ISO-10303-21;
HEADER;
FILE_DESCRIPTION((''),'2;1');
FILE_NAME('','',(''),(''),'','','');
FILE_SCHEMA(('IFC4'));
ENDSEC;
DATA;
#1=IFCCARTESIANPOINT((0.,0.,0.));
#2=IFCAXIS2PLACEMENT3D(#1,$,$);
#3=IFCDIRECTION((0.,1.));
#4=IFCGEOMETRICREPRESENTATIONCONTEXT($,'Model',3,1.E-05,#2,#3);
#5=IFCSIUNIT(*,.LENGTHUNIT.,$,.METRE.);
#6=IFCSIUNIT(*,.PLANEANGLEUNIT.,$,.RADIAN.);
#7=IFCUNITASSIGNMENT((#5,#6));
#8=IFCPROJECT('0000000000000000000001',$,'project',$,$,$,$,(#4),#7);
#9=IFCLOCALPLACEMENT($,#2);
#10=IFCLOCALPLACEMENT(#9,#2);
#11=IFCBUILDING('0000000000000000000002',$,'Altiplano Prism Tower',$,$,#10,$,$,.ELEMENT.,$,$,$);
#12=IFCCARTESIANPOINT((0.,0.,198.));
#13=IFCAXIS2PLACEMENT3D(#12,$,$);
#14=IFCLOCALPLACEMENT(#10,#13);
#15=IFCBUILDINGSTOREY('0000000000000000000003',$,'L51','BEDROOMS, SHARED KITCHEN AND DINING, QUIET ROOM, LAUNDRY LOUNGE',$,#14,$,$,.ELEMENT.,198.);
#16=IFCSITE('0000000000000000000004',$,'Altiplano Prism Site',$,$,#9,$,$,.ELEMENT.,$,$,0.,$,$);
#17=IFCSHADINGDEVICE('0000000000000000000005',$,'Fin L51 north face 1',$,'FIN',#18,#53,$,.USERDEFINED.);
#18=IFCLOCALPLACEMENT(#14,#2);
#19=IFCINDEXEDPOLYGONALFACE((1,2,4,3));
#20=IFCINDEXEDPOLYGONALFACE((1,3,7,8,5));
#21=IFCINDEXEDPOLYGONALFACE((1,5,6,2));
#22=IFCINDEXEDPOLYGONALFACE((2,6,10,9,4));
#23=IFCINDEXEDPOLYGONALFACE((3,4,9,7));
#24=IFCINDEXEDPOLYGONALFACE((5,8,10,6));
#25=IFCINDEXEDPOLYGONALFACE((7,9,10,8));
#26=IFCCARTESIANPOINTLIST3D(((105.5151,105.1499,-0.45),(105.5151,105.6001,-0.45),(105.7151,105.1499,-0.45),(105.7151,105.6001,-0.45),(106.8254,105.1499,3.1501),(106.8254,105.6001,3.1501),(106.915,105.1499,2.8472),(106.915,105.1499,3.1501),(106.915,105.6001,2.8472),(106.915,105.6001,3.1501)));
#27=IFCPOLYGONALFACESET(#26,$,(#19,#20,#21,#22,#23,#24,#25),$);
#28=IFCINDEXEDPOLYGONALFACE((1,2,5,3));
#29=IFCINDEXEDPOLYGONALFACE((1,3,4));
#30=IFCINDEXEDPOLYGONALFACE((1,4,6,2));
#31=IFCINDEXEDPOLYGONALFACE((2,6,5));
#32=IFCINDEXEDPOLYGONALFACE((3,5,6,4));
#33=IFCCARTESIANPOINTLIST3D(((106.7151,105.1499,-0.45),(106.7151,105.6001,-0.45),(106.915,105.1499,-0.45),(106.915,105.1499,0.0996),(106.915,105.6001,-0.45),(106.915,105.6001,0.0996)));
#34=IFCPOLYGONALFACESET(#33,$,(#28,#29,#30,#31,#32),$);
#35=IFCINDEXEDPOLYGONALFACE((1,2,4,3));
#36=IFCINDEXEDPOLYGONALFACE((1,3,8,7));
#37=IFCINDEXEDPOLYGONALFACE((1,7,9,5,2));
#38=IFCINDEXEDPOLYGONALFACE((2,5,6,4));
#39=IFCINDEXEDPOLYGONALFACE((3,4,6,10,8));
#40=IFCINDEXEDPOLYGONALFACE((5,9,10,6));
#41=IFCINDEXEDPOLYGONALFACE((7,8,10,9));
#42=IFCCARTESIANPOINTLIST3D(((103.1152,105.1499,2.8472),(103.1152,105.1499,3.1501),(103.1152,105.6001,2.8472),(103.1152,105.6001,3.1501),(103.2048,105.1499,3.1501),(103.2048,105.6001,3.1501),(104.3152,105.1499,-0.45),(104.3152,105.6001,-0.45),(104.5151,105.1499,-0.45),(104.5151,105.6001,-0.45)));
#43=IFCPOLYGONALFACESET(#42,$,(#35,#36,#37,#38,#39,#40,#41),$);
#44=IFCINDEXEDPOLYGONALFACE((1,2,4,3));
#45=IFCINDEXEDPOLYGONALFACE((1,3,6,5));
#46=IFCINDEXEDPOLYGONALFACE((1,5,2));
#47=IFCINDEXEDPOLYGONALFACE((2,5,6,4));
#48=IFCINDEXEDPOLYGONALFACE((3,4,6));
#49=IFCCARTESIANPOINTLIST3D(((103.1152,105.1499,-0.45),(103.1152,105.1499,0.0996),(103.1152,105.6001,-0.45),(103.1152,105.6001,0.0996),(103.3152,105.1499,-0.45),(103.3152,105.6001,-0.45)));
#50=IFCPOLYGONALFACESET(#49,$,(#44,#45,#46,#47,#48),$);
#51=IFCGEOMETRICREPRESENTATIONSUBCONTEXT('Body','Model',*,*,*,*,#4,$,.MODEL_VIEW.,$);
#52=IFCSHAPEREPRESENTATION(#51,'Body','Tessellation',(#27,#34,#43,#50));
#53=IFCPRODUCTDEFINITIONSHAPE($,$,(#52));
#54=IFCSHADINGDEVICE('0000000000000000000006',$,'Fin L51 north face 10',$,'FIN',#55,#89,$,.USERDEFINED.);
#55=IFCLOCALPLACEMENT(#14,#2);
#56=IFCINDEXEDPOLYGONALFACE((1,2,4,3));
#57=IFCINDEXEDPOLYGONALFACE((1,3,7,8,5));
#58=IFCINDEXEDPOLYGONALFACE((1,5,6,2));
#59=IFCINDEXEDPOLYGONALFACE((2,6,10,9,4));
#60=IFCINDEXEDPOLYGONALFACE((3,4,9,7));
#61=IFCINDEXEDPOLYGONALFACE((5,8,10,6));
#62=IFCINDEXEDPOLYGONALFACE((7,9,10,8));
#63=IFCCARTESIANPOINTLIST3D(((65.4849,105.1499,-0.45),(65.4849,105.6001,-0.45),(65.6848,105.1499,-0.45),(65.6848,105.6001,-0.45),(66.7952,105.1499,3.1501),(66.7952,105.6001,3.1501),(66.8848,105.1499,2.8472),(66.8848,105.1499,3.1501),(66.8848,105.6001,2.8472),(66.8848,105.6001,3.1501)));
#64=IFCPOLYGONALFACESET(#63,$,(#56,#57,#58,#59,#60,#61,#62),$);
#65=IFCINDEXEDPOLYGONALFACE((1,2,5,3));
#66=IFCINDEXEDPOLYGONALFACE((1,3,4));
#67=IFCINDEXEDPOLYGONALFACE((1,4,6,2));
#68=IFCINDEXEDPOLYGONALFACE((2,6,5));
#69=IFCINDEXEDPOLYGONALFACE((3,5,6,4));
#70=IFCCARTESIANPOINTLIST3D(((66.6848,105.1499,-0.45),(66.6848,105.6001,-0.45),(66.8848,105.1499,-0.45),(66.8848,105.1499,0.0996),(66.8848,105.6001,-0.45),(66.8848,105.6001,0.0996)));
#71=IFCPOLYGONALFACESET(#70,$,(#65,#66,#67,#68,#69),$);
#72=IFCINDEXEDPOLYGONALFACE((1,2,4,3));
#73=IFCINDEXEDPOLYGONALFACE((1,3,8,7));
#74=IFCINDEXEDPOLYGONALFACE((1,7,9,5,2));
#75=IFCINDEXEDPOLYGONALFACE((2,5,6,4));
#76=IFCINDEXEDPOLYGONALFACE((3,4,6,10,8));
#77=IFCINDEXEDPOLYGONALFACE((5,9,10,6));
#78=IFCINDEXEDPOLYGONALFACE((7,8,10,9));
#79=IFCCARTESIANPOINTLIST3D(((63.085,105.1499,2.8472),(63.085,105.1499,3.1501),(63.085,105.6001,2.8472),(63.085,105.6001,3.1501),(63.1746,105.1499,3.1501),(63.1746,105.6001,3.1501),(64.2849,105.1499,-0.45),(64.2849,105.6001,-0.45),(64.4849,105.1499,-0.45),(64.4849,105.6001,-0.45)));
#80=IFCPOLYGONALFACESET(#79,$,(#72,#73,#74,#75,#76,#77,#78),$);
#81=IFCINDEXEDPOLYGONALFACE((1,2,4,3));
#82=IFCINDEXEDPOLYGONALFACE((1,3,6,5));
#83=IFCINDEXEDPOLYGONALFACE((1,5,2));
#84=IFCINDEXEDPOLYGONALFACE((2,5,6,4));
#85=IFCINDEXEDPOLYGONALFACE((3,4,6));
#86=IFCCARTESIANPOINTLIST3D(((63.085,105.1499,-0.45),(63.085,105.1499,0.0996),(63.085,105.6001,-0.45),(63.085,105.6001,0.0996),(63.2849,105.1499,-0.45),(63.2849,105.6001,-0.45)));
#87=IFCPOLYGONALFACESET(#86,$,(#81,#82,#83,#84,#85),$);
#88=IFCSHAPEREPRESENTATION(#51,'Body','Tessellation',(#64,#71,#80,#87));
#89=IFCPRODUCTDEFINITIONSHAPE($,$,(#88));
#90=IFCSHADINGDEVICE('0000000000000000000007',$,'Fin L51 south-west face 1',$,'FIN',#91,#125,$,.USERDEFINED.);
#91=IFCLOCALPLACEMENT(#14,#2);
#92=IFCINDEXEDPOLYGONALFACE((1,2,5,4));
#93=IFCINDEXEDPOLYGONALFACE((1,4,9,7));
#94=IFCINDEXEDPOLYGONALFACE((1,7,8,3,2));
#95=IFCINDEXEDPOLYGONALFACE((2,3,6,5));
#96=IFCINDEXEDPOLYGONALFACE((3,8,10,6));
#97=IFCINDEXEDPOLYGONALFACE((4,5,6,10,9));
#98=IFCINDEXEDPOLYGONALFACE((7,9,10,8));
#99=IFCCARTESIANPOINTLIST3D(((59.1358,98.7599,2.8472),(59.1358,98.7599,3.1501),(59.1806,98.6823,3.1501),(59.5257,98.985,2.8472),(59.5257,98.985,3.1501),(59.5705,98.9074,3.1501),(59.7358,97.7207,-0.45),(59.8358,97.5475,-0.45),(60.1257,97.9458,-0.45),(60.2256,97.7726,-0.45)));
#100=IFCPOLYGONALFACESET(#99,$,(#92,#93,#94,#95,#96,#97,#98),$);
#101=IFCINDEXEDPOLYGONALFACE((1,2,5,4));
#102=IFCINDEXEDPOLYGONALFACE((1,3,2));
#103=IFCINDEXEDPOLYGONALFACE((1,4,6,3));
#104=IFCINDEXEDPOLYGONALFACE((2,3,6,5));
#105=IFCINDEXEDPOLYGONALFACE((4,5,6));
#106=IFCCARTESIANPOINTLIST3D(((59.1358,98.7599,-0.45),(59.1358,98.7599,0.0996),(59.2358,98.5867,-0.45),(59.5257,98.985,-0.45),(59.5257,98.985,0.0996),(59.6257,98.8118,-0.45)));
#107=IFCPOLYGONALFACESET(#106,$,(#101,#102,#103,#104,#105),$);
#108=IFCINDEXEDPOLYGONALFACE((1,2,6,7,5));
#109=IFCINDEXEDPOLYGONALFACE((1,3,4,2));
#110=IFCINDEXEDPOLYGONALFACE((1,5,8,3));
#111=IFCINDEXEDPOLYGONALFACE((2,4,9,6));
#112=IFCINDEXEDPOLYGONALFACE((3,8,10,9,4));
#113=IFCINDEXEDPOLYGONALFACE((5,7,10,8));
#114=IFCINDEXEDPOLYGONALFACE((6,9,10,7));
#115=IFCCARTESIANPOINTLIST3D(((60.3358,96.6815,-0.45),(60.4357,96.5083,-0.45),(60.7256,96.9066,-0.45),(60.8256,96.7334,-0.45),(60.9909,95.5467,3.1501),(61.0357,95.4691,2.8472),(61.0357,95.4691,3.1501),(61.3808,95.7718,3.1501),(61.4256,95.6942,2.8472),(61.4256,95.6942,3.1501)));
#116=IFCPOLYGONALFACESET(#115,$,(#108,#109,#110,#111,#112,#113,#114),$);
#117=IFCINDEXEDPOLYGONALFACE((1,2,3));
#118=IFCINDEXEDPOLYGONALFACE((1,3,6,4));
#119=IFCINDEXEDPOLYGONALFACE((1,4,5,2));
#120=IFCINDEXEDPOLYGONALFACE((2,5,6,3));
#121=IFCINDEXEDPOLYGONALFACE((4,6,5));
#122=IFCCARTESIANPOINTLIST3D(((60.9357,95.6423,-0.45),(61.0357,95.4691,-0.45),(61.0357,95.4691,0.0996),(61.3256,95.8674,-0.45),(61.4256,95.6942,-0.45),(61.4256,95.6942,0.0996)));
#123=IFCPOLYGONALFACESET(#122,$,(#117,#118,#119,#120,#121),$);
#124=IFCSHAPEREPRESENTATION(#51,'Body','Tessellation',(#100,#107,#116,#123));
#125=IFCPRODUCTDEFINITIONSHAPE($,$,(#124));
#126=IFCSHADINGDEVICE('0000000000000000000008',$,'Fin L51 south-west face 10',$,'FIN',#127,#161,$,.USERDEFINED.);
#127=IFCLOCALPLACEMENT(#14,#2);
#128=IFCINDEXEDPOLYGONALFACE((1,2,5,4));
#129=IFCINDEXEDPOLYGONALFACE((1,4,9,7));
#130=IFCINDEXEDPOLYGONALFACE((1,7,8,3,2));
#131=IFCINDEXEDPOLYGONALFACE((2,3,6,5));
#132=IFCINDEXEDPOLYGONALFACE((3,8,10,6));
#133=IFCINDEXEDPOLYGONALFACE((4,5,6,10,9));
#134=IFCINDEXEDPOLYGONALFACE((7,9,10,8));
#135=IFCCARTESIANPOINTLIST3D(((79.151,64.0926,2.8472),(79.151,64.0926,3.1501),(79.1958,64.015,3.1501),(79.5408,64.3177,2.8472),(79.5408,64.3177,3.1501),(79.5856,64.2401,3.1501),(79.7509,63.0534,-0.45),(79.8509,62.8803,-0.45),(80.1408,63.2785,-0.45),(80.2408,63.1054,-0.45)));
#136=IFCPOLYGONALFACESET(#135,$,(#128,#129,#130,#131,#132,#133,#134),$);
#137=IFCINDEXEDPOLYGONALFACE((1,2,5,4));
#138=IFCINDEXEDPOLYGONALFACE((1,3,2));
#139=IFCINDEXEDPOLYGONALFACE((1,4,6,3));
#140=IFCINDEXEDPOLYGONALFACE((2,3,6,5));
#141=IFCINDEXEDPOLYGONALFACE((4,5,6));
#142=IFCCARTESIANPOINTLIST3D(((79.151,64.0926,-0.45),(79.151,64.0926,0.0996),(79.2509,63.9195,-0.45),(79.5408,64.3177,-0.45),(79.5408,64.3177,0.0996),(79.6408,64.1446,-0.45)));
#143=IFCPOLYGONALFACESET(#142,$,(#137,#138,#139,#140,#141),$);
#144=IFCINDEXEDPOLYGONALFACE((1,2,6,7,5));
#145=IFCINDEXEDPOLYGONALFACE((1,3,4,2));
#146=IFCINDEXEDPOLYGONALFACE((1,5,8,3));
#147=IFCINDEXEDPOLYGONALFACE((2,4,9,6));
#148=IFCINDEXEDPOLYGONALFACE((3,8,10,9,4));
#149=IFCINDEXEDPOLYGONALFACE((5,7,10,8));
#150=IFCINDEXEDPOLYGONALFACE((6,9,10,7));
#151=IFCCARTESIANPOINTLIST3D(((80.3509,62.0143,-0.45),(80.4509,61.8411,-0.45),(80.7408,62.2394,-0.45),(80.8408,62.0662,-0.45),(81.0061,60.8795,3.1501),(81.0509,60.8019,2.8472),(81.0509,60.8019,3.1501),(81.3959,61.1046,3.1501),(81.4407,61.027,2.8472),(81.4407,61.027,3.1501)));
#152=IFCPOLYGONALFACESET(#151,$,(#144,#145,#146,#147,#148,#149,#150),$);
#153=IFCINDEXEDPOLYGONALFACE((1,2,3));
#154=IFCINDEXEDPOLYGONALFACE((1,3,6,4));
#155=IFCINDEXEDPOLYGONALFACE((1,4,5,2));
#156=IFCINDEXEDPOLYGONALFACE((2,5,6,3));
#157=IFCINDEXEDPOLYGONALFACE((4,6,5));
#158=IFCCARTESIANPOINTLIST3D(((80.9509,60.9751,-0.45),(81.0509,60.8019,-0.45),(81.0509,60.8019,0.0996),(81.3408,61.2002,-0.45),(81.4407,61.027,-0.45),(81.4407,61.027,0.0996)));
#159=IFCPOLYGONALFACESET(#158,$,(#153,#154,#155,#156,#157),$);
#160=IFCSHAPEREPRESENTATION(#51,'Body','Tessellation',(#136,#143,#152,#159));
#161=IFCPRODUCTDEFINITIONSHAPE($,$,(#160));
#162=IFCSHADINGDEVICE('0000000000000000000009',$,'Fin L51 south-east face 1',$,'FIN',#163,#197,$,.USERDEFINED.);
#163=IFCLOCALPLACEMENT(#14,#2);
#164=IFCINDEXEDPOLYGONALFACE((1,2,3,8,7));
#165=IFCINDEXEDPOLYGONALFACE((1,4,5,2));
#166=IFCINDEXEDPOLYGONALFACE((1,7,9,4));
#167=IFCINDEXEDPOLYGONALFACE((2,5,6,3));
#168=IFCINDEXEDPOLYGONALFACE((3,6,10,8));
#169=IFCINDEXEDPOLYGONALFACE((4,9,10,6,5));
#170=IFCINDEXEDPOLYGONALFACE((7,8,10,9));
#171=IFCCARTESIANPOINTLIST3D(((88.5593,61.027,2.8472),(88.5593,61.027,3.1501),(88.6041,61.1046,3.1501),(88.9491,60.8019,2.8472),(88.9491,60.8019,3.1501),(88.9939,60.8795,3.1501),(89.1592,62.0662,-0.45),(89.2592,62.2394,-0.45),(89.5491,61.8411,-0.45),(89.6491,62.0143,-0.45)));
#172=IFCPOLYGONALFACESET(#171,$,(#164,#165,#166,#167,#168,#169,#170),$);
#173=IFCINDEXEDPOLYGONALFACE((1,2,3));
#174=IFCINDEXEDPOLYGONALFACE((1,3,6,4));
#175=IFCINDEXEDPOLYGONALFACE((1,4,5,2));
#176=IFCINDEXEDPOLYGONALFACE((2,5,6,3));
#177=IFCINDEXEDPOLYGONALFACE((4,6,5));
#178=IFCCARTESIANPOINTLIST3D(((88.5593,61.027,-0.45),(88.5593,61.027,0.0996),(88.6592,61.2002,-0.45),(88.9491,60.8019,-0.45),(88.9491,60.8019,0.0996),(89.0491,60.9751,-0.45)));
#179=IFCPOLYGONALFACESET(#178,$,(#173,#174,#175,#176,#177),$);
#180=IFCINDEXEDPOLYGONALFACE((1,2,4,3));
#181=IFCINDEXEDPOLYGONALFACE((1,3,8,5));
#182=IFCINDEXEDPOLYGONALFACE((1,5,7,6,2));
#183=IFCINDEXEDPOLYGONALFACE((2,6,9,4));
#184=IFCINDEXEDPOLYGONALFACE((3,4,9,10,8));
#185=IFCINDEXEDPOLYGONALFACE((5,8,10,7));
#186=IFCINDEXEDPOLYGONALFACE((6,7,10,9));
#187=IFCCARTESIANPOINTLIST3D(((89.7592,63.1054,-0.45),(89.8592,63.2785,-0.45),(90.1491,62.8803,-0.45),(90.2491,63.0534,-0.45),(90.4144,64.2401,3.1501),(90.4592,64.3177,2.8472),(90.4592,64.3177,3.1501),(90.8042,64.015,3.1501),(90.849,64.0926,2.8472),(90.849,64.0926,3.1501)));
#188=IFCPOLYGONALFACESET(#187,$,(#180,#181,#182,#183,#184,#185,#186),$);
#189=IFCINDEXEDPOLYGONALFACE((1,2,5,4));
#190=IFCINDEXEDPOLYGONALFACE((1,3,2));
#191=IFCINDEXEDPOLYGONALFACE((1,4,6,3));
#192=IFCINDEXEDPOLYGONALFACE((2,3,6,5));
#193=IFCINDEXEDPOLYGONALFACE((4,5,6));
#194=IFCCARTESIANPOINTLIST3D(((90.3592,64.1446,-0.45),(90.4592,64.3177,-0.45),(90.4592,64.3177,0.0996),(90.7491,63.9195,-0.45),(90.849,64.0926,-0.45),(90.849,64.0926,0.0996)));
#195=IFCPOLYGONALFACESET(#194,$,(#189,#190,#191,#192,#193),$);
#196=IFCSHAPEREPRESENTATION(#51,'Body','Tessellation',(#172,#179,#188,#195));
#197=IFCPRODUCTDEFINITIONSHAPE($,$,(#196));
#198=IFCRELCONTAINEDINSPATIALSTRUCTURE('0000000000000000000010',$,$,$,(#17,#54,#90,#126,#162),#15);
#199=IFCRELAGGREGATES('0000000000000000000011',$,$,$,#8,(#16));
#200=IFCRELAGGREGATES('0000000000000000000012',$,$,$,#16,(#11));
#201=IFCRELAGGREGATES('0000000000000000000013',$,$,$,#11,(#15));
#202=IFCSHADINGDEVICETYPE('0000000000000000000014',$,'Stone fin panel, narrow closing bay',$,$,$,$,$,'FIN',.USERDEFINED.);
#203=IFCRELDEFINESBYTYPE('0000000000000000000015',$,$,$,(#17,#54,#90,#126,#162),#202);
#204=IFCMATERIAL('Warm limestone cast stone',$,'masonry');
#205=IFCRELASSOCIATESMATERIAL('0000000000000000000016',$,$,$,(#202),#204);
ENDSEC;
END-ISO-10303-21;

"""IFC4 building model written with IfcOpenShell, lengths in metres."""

from ifc_helpers import new_model, si_unit, direction, frame, origin, place, context, subcontext, project, spatial, polyline, outline, extrude, source, transform, mapped, material, type_object, element, save


model = new_model("IFC4")

# Units and contexts
model_context = context("Model", 3, precision=1e-05, world=origin(), true_north=direction((0.0, 1.0)))
body_context = subcontext(model_context, "Body", "Model", "MODEL_VIEW")
ifc_project = project(units=[si_unit("LENGTHUNIT", "METRE"), si_unit("PLANEANGLEUNIT", "RADIAN")], contexts=[model_context])

# Site, building, storey
site_placement = place(None, origin())
site = spatial("IfcSite", under=ifc_project, at=site_placement, Name="Altiplano Prism Site", CompositionType="ELEMENT", RefElevation=0.0)
building_placement = place(site_placement, origin())
building = spatial("IfcBuilding", under=site, at=building_placement, Name="Altiplano Prism Tower", CompositionType="ELEMENT")
storey_placement = place(building_placement, frame((0.0, 0.0, 198.0)))
storey = spatial("IfcBuildingStorey", under=building, at=storey_placement, Name="L51", Description="BEDROOMS, SHARED KITCHEN AND DINING, QUIET ROOM, LAUNDRY LOUNGE", CompositionType="ELEMENT", Elevation=198.0)

# Shading devices
ifc_material_1 = material(Name="Warm limestone cast stone", Category="masonry")
shading_device_type_1 = type_object("IfcShadingDeviceType", Name="Stone fin panel, narrow closing bay", ElementType="FIN", PredefinedType="USERDEFINED", material=ifc_material_1)
shared_shape_1 = source(origin(), body_context, "Body", "SweptSolid", [
    extrude(outline(polyline([(-1.8999, 3.6001), (-1.8999, 3.2971), (-0.7, 0.0), (-0.5, 0.0), (-1.8103, 3.6001), (-1.8999, 3.6001)])), frame((0.0, -0.1499, 0.0), z_axis=(0.0, -1.0, 0.0), x_axis=(1.0, 0.0, 0.0)), (0.0, 0.0, 1.0), 0.4502),
    extrude(outline(polyline([(-1.8999, 0.5496), (-1.8999, 0.0), (-1.7, 0.0), (-1.8999, 0.5496)])), frame((0.0, -0.1499, 0.0), z_axis=(0.0, -1.0, 0.0), x_axis=(1.0, 0.0, 0.0)), (0.0, 0.0, 1.0), 0.4502),
    extrude(outline(polyline([(1.8103, 3.6001), (0.5, 0.0), (0.7, 0.0), (1.8999, 3.2971), (1.8999, 3.6001), (1.8103, 3.6001)])), frame((0.0, -0.1499, 0.0), z_axis=(0.0, -1.0, 0.0), x_axis=(1.0, 0.0, 0.0)), (0.0, 0.0, 1.0), 0.4502),
    extrude(outline(polyline([(1.8999, 0.0), (1.8999, 0.5496), (1.7, 0.0), (1.8999, 0.0)])), frame((0.0, -0.1499, 0.0), z_axis=(0.0, -1.0, 0.0), x_axis=(1.0, 0.0, 0.0)), (0.0, 0.0, 1.0), 0.4502),
])
shading_device_1_placement = place(storey_placement, origin())
element("IfcShadingDevice", 1, at=shading_device_1_placement, inside=storey, type_object=shading_device_type_1, Name="Fin L51 north face 1", ObjectType="FIN", PredefinedType="USERDEFINED", context=body_context, shape_type="MappedRepresentation", body=[
    mapped(shared_shape_1, transform((105.0151, 105.0, -0.45), x_axis=(-1.0, 0.0, 0.0), y_axis=(0.0, -1.0, 0.0), z_axis=(0.0, 0.0, 1.0))),
])
shading_device_2_placement = place(storey_placement, origin())
element("IfcShadingDevice", 2, at=shading_device_2_placement, inside=storey, type_object=shading_device_type_1, Name="Fin L51 north face 10", ObjectType="FIN", PredefinedType="USERDEFINED", context=body_context, shape_type="MappedRepresentation", body=[
    mapped(shared_shape_1, transform((64.9849, 105.0, -0.45), x_axis=(-1.0, 0.0, 0.0), y_axis=(0.0, -1.0, 0.0), z_axis=(0.0, 0.0, 1.0))),
])
shading_device_3_placement = place(storey_placement, origin())
element("IfcShadingDevice", 3, at=shading_device_3_placement, inside=storey, type_object=shading_device_type_1, Name="Fin L51 south-west face 1", ObjectType="FIN", PredefinedType="USERDEFINED", context=body_context, shape_type="MappedRepresentation", body=[
    mapped(shared_shape_1, transform((60.6055, 97.4146, -0.45), x_axis=(0.5, -0.866025, 0.0), y_axis=(0.866025, 0.5, 0.0), z_axis=(0.0, 0.0, 1.0))),
])
shading_device_4_placement = place(storey_placement, origin())
element("IfcShadingDevice", 4, at=shading_device_4_placement, inside=storey, type_object=shading_device_type_1, Name="Fin L51 south-west face 10", ObjectType="FIN", PredefinedType="USERDEFINED", context=body_context, shape_type="MappedRepresentation", body=[
    mapped(shared_shape_1, transform((80.6206, 62.7473, -0.45), x_axis=(0.5, -0.866025, 0.0), y_axis=(0.866025, 0.5, 0.0), z_axis=(0.0, 0.0, 1.0))),
])
shading_device_5_placement = place(storey_placement, origin())
element("IfcShadingDevice", 5, at=shading_device_5_placement, inside=storey, type_object=shading_device_type_1, Name="Fin L51 south-east face 1", ObjectType="FIN", PredefinedType="USERDEFINED", context=body_context, shape_type="MappedRepresentation", body=[
    mapped(shared_shape_1, transform((89.3794, 62.7473, -0.45), x_axis=(0.5, 0.866025, 0.0), y_axis=(-0.866025, 0.5, 0.0), z_axis=(0.0, 0.0, 1.0))),
])

save(model, "model.ifc")
